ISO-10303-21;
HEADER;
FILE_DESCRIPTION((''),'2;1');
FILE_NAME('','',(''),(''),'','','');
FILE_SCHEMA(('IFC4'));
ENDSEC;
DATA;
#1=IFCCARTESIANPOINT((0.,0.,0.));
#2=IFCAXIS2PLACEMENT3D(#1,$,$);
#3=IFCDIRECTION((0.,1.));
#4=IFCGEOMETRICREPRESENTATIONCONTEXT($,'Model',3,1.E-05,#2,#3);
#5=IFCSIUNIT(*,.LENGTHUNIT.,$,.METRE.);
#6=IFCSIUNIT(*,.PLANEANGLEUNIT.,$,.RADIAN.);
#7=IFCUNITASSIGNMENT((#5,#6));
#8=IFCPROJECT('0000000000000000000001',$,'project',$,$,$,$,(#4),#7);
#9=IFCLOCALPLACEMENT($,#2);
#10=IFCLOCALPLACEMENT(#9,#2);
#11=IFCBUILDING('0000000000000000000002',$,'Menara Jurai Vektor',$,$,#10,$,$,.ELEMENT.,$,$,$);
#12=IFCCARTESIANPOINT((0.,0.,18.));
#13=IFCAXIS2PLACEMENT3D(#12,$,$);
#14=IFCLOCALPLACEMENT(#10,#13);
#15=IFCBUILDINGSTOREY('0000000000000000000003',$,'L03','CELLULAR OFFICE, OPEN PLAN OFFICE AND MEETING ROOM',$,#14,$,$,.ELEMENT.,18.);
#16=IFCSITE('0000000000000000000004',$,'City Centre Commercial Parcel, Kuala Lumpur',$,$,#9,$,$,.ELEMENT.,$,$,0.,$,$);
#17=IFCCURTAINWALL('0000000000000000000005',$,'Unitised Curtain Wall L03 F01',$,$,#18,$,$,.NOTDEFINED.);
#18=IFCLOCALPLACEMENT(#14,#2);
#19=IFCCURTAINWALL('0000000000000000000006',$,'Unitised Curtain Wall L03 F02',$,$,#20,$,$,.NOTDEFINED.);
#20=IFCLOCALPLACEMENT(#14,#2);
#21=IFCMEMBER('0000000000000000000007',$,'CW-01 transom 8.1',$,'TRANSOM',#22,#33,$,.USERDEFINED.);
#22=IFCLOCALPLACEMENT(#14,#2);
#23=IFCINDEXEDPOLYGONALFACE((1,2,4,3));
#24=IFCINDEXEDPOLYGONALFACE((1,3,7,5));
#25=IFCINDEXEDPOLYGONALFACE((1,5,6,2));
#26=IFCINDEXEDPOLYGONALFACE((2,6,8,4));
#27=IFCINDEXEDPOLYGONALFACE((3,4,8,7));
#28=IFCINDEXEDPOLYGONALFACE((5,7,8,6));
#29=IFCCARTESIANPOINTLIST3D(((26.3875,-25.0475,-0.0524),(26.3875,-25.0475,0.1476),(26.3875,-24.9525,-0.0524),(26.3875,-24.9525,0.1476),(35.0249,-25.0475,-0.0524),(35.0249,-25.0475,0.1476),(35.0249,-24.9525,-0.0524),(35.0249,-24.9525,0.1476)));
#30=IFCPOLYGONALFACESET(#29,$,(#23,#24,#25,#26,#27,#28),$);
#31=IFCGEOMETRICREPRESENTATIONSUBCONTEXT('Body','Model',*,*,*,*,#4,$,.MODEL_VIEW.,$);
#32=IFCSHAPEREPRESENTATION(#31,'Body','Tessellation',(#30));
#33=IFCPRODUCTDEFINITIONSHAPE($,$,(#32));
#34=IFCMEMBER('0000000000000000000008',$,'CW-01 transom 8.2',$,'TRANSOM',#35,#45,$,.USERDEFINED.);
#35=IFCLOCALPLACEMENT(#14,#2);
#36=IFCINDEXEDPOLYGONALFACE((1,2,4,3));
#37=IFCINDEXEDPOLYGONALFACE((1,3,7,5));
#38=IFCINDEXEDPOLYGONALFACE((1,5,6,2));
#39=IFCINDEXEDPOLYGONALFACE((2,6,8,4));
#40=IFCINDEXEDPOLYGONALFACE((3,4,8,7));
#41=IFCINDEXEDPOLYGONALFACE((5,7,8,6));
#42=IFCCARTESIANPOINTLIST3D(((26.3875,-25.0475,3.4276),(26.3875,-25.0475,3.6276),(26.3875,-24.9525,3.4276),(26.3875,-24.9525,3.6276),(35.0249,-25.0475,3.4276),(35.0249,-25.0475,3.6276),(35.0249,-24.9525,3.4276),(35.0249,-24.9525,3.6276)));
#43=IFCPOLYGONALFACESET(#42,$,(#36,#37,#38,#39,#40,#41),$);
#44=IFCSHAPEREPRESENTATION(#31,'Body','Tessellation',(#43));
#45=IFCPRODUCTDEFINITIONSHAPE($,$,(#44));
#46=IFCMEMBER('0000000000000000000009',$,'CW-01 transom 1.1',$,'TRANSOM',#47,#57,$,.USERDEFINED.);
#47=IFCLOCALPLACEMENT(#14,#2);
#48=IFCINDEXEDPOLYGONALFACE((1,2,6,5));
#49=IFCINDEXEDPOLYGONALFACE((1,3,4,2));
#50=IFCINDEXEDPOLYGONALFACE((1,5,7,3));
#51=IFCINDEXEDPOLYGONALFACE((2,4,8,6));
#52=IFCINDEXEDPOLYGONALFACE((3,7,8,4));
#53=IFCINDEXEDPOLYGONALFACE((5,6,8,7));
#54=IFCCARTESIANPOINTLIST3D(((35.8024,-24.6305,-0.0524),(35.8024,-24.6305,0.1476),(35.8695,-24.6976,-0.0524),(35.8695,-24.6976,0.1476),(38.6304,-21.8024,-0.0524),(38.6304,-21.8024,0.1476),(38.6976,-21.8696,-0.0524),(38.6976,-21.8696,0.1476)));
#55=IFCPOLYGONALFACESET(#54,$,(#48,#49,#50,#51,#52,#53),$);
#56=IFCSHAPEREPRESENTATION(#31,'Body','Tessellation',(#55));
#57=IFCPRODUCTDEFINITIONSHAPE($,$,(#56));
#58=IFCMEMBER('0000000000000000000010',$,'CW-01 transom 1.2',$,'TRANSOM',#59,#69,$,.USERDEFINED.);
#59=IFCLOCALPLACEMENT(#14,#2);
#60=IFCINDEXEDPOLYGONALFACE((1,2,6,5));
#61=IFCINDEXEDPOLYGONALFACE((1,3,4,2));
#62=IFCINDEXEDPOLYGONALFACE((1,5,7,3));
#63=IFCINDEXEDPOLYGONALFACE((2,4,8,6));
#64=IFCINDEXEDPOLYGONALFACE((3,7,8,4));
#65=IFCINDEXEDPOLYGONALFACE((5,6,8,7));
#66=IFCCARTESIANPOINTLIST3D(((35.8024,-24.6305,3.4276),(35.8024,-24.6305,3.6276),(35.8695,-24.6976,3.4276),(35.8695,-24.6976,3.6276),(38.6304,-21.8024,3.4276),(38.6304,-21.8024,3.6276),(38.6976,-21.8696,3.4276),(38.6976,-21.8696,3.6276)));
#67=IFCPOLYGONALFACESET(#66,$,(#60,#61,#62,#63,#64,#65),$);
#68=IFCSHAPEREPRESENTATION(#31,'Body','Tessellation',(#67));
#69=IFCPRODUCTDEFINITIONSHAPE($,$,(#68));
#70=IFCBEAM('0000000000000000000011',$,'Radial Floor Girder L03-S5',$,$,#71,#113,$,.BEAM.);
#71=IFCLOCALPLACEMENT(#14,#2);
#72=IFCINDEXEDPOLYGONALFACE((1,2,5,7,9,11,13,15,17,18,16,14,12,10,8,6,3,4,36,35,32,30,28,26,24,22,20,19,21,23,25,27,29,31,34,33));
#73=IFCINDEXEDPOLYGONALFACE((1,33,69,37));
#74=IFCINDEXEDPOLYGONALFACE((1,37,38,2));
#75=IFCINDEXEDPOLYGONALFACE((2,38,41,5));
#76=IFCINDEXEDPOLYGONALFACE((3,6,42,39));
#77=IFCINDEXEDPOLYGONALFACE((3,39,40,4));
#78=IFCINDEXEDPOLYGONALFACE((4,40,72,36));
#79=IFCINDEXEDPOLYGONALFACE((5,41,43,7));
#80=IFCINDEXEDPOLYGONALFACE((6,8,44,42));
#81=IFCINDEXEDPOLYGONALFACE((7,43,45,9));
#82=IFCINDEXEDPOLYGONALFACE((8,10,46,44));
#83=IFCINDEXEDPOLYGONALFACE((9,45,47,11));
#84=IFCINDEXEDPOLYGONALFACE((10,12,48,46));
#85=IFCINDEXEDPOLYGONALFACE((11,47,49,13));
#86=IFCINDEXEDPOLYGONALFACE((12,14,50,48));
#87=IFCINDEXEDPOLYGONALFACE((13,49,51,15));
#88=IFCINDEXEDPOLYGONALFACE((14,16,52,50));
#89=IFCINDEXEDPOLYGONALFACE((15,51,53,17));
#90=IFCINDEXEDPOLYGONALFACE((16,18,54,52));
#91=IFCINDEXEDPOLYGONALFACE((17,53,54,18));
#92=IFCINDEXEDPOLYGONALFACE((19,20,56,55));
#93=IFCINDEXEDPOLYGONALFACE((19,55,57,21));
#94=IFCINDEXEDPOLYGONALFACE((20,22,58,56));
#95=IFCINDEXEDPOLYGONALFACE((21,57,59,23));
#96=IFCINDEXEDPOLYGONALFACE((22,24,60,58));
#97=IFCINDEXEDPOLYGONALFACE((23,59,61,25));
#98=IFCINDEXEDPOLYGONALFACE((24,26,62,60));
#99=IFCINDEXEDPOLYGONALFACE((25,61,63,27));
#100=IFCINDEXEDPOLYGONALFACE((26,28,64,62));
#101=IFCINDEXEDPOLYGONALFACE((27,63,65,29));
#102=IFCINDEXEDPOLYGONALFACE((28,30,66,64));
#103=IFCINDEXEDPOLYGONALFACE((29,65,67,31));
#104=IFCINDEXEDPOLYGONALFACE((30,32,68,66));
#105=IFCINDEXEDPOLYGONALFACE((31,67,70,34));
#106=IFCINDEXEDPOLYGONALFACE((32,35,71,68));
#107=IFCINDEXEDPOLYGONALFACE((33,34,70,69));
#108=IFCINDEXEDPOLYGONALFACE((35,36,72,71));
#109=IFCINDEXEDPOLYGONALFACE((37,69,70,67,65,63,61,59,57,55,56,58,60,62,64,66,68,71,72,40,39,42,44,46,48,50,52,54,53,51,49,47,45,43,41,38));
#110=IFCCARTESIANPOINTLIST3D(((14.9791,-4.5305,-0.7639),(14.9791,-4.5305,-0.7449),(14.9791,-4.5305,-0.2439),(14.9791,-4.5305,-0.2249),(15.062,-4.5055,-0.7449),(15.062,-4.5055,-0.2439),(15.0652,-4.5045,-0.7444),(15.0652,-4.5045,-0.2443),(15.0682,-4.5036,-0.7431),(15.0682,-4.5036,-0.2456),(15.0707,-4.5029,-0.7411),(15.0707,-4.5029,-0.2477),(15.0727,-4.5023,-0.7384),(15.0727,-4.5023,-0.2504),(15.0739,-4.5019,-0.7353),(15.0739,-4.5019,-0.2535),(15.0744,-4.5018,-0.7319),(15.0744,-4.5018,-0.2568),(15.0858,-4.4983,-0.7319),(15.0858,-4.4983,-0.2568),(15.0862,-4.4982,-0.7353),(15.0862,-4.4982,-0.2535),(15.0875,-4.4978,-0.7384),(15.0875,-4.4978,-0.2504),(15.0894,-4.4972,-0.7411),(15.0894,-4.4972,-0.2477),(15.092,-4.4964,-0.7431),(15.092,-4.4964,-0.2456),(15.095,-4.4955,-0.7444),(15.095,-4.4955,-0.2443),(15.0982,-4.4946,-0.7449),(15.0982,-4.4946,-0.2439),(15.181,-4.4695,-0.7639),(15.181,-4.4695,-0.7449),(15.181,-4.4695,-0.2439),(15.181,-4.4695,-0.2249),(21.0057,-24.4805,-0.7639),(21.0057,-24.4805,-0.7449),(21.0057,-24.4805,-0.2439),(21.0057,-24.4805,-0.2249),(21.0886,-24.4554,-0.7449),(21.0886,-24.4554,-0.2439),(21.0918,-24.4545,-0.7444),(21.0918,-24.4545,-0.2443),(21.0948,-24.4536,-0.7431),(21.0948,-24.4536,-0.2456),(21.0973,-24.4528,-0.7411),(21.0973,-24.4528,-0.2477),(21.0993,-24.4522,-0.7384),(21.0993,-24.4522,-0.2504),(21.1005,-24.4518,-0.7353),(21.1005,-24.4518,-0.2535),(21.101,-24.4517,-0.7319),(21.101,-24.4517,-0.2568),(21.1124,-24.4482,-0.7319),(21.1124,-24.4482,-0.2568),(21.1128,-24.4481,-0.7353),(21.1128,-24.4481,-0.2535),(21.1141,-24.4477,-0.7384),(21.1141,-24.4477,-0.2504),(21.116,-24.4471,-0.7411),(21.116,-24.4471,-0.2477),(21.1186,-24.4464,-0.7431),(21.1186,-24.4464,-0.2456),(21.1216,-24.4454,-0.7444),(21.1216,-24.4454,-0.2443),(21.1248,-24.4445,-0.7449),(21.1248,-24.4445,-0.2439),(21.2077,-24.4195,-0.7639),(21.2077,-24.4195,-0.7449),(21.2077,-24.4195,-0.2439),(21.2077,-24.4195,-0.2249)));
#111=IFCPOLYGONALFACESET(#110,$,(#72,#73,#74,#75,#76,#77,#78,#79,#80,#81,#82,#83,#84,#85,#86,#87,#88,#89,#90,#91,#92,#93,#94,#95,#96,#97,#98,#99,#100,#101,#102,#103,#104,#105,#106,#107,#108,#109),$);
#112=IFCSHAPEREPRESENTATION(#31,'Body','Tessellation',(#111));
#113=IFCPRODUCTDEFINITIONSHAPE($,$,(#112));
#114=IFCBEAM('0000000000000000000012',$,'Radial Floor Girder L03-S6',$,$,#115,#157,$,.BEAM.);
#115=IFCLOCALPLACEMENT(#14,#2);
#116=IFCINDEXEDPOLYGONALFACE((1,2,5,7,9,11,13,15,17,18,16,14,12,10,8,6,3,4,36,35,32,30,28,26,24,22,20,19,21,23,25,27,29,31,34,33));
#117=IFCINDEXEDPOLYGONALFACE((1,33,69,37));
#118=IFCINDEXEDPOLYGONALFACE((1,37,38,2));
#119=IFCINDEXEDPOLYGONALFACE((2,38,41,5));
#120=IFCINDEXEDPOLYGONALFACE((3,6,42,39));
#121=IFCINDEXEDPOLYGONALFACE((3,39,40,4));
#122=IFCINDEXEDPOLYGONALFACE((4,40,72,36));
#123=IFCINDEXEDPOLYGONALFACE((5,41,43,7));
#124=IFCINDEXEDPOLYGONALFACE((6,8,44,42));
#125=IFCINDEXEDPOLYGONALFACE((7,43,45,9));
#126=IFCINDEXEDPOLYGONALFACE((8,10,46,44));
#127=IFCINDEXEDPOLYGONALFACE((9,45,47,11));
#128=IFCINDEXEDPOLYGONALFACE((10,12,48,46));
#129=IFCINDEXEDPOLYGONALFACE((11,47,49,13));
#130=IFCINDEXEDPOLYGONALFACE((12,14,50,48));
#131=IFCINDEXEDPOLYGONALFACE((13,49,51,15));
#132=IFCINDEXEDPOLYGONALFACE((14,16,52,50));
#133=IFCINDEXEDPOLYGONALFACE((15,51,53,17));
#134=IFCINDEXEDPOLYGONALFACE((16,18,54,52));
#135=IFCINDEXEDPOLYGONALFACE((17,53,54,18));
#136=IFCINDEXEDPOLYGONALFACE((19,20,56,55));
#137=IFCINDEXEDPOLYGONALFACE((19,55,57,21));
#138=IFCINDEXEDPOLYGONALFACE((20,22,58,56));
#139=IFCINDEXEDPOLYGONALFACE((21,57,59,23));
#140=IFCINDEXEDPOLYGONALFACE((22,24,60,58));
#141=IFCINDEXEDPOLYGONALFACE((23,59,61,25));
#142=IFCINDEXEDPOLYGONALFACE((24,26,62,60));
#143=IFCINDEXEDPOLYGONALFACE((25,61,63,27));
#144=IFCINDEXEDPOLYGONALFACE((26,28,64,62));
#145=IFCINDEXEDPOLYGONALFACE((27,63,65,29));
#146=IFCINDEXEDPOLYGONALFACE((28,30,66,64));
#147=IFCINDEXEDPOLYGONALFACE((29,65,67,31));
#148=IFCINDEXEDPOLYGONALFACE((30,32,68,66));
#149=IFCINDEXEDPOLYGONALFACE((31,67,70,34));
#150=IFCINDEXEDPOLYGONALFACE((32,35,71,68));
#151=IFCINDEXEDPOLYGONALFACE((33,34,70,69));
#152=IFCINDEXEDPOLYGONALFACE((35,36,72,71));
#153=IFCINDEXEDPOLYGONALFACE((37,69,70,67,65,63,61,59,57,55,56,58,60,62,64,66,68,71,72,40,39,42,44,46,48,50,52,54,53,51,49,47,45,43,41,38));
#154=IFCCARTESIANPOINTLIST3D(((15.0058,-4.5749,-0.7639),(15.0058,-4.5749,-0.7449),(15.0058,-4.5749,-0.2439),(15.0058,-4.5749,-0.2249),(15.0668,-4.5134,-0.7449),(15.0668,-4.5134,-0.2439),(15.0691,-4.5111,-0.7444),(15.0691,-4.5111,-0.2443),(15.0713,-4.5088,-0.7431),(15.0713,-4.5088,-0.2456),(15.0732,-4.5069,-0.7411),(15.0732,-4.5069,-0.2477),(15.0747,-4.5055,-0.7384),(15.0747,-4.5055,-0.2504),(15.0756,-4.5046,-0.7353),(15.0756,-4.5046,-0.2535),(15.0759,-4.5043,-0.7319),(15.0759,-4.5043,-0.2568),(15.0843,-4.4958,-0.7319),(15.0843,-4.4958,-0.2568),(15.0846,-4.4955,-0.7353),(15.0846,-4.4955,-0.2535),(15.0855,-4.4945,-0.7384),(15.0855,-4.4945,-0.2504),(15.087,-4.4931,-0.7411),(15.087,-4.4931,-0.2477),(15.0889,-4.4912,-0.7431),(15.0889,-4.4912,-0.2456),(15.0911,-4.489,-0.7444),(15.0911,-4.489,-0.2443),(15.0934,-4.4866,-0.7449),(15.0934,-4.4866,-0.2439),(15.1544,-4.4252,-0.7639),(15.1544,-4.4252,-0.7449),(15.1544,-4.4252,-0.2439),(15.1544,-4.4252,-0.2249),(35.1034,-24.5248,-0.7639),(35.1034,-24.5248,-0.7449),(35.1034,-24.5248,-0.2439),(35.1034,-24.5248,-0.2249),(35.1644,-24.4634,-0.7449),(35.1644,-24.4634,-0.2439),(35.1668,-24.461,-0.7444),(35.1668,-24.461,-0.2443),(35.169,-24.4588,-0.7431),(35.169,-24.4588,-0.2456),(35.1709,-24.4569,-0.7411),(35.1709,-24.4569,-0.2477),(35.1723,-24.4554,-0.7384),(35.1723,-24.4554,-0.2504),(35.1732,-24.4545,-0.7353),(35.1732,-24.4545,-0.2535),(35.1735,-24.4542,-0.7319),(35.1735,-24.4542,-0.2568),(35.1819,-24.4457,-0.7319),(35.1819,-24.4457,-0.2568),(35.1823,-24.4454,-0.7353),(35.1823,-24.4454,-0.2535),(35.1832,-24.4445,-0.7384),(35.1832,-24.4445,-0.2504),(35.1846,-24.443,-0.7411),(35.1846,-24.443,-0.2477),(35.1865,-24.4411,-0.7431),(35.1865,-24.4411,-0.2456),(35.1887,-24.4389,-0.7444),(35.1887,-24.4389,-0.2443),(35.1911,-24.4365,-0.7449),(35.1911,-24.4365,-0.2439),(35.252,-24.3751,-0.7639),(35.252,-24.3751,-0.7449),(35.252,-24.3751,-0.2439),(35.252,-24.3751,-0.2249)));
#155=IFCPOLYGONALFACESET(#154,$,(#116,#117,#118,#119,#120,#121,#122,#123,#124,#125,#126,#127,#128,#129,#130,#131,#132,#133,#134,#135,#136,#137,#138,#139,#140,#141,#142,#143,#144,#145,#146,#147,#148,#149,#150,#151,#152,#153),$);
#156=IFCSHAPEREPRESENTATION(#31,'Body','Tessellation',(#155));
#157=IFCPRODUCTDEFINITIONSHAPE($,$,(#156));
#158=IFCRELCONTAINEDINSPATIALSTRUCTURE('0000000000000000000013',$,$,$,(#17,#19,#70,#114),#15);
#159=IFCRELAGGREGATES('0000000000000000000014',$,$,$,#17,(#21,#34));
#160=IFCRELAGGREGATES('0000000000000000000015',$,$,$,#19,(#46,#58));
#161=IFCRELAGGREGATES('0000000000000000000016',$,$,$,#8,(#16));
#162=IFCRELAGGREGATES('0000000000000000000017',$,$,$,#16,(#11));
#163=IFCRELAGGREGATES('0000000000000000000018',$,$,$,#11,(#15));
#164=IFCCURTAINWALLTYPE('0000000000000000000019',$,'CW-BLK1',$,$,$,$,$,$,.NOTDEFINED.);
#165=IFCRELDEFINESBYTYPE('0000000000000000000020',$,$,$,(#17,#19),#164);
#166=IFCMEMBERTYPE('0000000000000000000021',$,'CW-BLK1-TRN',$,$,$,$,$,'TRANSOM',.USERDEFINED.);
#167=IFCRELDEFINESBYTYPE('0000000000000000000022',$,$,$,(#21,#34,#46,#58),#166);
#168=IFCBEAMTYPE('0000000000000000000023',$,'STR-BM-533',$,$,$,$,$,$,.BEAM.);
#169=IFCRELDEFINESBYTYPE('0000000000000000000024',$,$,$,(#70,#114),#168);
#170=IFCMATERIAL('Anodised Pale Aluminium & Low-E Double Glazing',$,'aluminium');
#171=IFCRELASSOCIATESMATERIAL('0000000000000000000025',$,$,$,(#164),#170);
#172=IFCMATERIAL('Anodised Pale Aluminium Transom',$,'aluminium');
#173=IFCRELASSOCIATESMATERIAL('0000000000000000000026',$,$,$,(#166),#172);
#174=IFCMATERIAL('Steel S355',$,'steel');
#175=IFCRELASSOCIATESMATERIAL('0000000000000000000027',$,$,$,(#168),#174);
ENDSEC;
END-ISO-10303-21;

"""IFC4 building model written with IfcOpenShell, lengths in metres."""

from ifc_helpers import new_model, si_unit, direction, frame, origin, origin_2d, place, context, subcontext, project, spatial, rectangle, i_section, extrude, material, material_profile, profile_set, type_object, element, aggregate, save


model = new_model("IFC4")

# Units and contexts
model_context = context("Model", 3, precision=1e-05, world=origin(), true_north=direction((0.0, 1.0)))
body_context = subcontext(model_context, "Body", "Model", "MODEL_VIEW")
ifc_project = project(units=[si_unit("LENGTHUNIT", "METRE"), si_unit("PLANEANGLEUNIT", "RADIAN")], contexts=[model_context])

# Site, building, storey
site_placement = place(None, origin())
site = spatial("IfcSite", under=ifc_project, at=site_placement, Name="City Centre Commercial Parcel, Kuala Lumpur", CompositionType="ELEMENT", RefElevation=0.0)
building_placement = place(site_placement, origin())
building = spatial("IfcBuilding", under=site, at=building_placement, Name="Menara Jurai Vektor", CompositionType="ELEMENT")
storey_placement = place(building_placement, frame((0.0, 0.0, 18.0)))
storey = spatial("IfcBuildingStorey", under=building, at=storey_placement, Name="L03", Description="CELLULAR OFFICE, OPEN PLAN OFFICE AND MEETING ROOM", CompositionType="ELEMENT", Elevation=18.0)

# Curtain walls
ifc_material_1 = material(Name="Anodised Pale Aluminium & Low-E Double Glazing", Category="aluminium")
curtain_wall_type = type_object("IfcCurtainWallType", Name="CW-BLK1", PredefinedType="NOTDEFINED", material=ifc_material_1)
curtain_wall_1_placement = place(storey_placement, origin())
curtain_wall_1 = element("IfcCurtainWall", 1, at=curtain_wall_1_placement, inside=storey, type_object=curtain_wall_type, Name="Unitised Curtain Wall L03 F01", PredefinedType="NOTDEFINED")
curtain_wall_2_placement = place(storey_placement, origin())
curtain_wall_2 = element("IfcCurtainWall", 2, at=curtain_wall_2_placement, inside=storey, type_object=curtain_wall_type, Name="Unitised Curtain Wall L03 F02", PredefinedType="NOTDEFINED")

# Members
ifc_material_2 = material(Name="Anodised Pale Aluminium Transom", Category="aluminium")
ifc_material_profile_1 = material_profile(ifc_material_2, rectangle(XDim=0.095, YDim=0.2, at=origin_2d()), Name="ALU TRN 95x200")
ifc_profile_set_1 = profile_set([ifc_material_profile_1], Name="Anodised Pale Aluminium Transom")
member_type_1 = type_object("IfcMemberType", Name="CW-BLK1-TRN", ElementType="TRANSOM", PredefinedType="USERDEFINED", material=ifc_profile_set_1)
member_1_placement = place(storey_placement, frame((26.3875, -25.0, 0.0476), z_axis=(1.0, 0.0, 0.0), x_axis=(0.0, 1.0, 0.0)))
member_1 = element("IfcMember", 3, at=member_1_placement, type_object=member_type_1, Name="CW-01 transom 8.1", ObjectType="TRANSOM", PredefinedType="USERDEFINED", context=body_context, shape_type="SweptSolid", body=[
    extrude(rectangle(XDim=0.095, YDim=0.2, at=origin_2d()), origin(), (0.0, 0.0, 1.0), 8.6375),
])
member_2_placement = place(storey_placement, frame((26.3875, -25.0, 3.5276), z_axis=(1.0, 0.0, 0.0), x_axis=(0.0, 1.0, 0.0)))
member_2 = element("IfcMember", 4, at=member_2_placement, type_object=member_type_1, Name="CW-01 transom 8.2", ObjectType="TRANSOM", PredefinedType="USERDEFINED", context=body_context, shape_type="SweptSolid", body=[
    extrude(rectangle(XDim=0.095, YDim=0.2, at=origin_2d()), origin(), (0.0, 0.0, 1.0), 8.6375),
])
member_3_placement = place(storey_placement, frame((35.8359, -24.6641, 0.0476), z_axis=(0.707107, 0.707107, 0.0), x_axis=(-0.707107, 0.707107, 0.0)))
member_3 = element("IfcMember", 5, at=member_3_placement, type_object=member_type_1, Name="CW-01 transom 1.1", ObjectType="TRANSOM", PredefinedType="USERDEFINED", context=body_context, shape_type="SweptSolid", body=[
    extrude(rectangle(XDim=0.095, YDim=0.2, at=origin_2d()), origin(), (0.0, 0.0, 1.0), 3.9995),
])
member_4_placement = place(storey_placement, frame((35.8359, -24.6641, 3.5276), z_axis=(0.707107, 0.707107, 0.0), x_axis=(-0.707107, 0.707107, 0.0)))
member_4 = element("IfcMember", 6, at=member_4_placement, type_object=member_type_1, Name="CW-01 transom 1.2", ObjectType="TRANSOM", PredefinedType="USERDEFINED", context=body_context, shape_type="SweptSolid", body=[
    extrude(rectangle(XDim=0.095, YDim=0.2, at=origin_2d()), origin(), (0.0, 0.0, 1.0), 3.9995),
])

# Beams
ifc_material_3 = material(Name="Steel S355", Category="steel")
ifc_material_profile_2 = material_profile(ifc_material_3, i_section(OverallWidth=0.2109, OverallDepth=0.5391, WebThickness=0.012, FlangeThickness=0.019, FilletRadius=0.0129, at=origin_2d()), Name="UKB 533x210x109")
ifc_profile_set_2 = profile_set([ifc_material_profile_2], Name="Steel S355")
beam_type_1 = type_object("IfcBeamType", Name="STR-BM-533", PredefinedType="BEAM", material=ifc_profile_set_2)
beam_1_placement = place(storey_placement, frame((21.1067, -24.45, -0.4944), z_axis=(-0.28918, 0.957275, 0.0), x_axis=(-0.957275, -0.28918, 0.0)))
element("IfcBeam", 7, at=beam_1_placement, inside=storey, type_object=beam_type_1, Name="Radial Floor Girder L03-S5", PredefinedType="BEAM", context=body_context, shape_type="SweptSolid", body=[
    extrude(i_section(OverallWidth=0.2109, OverallDepth=0.5391, WebThickness=0.012, FlangeThickness=0.019, FilletRadius=0.0129, at=origin_2d()), origin(), (0.0, 0.0, 1.0), 20.8403),
])
beam_2_placement = place(storey_placement, frame((35.1777, -24.45, -0.4944), z_axis=(-0.70971, 0.704494, 0.0), x_axis=(-0.704494, -0.70971, 0.0)))
element("IfcBeam", 8, at=beam_2_placement, inside=storey, type_object=beam_type_1, Name="Radial Floor Girder L03-S6", PredefinedType="BEAM", context=body_context, shape_type="SweptSolid", body=[
    extrude(i_section(OverallWidth=0.2109, OverallDepth=0.5391, WebThickness=0.012, FlangeThickness=0.019, FilletRadius=0.0129, at=origin_2d()), origin(), (0.0, 0.0, 1.0), 28.3181),
])

aggregate(curtain_wall_1, [member_1, member_2])
aggregate(curtain_wall_2, [member_3, member_4])

save(model, "model.ifc")
